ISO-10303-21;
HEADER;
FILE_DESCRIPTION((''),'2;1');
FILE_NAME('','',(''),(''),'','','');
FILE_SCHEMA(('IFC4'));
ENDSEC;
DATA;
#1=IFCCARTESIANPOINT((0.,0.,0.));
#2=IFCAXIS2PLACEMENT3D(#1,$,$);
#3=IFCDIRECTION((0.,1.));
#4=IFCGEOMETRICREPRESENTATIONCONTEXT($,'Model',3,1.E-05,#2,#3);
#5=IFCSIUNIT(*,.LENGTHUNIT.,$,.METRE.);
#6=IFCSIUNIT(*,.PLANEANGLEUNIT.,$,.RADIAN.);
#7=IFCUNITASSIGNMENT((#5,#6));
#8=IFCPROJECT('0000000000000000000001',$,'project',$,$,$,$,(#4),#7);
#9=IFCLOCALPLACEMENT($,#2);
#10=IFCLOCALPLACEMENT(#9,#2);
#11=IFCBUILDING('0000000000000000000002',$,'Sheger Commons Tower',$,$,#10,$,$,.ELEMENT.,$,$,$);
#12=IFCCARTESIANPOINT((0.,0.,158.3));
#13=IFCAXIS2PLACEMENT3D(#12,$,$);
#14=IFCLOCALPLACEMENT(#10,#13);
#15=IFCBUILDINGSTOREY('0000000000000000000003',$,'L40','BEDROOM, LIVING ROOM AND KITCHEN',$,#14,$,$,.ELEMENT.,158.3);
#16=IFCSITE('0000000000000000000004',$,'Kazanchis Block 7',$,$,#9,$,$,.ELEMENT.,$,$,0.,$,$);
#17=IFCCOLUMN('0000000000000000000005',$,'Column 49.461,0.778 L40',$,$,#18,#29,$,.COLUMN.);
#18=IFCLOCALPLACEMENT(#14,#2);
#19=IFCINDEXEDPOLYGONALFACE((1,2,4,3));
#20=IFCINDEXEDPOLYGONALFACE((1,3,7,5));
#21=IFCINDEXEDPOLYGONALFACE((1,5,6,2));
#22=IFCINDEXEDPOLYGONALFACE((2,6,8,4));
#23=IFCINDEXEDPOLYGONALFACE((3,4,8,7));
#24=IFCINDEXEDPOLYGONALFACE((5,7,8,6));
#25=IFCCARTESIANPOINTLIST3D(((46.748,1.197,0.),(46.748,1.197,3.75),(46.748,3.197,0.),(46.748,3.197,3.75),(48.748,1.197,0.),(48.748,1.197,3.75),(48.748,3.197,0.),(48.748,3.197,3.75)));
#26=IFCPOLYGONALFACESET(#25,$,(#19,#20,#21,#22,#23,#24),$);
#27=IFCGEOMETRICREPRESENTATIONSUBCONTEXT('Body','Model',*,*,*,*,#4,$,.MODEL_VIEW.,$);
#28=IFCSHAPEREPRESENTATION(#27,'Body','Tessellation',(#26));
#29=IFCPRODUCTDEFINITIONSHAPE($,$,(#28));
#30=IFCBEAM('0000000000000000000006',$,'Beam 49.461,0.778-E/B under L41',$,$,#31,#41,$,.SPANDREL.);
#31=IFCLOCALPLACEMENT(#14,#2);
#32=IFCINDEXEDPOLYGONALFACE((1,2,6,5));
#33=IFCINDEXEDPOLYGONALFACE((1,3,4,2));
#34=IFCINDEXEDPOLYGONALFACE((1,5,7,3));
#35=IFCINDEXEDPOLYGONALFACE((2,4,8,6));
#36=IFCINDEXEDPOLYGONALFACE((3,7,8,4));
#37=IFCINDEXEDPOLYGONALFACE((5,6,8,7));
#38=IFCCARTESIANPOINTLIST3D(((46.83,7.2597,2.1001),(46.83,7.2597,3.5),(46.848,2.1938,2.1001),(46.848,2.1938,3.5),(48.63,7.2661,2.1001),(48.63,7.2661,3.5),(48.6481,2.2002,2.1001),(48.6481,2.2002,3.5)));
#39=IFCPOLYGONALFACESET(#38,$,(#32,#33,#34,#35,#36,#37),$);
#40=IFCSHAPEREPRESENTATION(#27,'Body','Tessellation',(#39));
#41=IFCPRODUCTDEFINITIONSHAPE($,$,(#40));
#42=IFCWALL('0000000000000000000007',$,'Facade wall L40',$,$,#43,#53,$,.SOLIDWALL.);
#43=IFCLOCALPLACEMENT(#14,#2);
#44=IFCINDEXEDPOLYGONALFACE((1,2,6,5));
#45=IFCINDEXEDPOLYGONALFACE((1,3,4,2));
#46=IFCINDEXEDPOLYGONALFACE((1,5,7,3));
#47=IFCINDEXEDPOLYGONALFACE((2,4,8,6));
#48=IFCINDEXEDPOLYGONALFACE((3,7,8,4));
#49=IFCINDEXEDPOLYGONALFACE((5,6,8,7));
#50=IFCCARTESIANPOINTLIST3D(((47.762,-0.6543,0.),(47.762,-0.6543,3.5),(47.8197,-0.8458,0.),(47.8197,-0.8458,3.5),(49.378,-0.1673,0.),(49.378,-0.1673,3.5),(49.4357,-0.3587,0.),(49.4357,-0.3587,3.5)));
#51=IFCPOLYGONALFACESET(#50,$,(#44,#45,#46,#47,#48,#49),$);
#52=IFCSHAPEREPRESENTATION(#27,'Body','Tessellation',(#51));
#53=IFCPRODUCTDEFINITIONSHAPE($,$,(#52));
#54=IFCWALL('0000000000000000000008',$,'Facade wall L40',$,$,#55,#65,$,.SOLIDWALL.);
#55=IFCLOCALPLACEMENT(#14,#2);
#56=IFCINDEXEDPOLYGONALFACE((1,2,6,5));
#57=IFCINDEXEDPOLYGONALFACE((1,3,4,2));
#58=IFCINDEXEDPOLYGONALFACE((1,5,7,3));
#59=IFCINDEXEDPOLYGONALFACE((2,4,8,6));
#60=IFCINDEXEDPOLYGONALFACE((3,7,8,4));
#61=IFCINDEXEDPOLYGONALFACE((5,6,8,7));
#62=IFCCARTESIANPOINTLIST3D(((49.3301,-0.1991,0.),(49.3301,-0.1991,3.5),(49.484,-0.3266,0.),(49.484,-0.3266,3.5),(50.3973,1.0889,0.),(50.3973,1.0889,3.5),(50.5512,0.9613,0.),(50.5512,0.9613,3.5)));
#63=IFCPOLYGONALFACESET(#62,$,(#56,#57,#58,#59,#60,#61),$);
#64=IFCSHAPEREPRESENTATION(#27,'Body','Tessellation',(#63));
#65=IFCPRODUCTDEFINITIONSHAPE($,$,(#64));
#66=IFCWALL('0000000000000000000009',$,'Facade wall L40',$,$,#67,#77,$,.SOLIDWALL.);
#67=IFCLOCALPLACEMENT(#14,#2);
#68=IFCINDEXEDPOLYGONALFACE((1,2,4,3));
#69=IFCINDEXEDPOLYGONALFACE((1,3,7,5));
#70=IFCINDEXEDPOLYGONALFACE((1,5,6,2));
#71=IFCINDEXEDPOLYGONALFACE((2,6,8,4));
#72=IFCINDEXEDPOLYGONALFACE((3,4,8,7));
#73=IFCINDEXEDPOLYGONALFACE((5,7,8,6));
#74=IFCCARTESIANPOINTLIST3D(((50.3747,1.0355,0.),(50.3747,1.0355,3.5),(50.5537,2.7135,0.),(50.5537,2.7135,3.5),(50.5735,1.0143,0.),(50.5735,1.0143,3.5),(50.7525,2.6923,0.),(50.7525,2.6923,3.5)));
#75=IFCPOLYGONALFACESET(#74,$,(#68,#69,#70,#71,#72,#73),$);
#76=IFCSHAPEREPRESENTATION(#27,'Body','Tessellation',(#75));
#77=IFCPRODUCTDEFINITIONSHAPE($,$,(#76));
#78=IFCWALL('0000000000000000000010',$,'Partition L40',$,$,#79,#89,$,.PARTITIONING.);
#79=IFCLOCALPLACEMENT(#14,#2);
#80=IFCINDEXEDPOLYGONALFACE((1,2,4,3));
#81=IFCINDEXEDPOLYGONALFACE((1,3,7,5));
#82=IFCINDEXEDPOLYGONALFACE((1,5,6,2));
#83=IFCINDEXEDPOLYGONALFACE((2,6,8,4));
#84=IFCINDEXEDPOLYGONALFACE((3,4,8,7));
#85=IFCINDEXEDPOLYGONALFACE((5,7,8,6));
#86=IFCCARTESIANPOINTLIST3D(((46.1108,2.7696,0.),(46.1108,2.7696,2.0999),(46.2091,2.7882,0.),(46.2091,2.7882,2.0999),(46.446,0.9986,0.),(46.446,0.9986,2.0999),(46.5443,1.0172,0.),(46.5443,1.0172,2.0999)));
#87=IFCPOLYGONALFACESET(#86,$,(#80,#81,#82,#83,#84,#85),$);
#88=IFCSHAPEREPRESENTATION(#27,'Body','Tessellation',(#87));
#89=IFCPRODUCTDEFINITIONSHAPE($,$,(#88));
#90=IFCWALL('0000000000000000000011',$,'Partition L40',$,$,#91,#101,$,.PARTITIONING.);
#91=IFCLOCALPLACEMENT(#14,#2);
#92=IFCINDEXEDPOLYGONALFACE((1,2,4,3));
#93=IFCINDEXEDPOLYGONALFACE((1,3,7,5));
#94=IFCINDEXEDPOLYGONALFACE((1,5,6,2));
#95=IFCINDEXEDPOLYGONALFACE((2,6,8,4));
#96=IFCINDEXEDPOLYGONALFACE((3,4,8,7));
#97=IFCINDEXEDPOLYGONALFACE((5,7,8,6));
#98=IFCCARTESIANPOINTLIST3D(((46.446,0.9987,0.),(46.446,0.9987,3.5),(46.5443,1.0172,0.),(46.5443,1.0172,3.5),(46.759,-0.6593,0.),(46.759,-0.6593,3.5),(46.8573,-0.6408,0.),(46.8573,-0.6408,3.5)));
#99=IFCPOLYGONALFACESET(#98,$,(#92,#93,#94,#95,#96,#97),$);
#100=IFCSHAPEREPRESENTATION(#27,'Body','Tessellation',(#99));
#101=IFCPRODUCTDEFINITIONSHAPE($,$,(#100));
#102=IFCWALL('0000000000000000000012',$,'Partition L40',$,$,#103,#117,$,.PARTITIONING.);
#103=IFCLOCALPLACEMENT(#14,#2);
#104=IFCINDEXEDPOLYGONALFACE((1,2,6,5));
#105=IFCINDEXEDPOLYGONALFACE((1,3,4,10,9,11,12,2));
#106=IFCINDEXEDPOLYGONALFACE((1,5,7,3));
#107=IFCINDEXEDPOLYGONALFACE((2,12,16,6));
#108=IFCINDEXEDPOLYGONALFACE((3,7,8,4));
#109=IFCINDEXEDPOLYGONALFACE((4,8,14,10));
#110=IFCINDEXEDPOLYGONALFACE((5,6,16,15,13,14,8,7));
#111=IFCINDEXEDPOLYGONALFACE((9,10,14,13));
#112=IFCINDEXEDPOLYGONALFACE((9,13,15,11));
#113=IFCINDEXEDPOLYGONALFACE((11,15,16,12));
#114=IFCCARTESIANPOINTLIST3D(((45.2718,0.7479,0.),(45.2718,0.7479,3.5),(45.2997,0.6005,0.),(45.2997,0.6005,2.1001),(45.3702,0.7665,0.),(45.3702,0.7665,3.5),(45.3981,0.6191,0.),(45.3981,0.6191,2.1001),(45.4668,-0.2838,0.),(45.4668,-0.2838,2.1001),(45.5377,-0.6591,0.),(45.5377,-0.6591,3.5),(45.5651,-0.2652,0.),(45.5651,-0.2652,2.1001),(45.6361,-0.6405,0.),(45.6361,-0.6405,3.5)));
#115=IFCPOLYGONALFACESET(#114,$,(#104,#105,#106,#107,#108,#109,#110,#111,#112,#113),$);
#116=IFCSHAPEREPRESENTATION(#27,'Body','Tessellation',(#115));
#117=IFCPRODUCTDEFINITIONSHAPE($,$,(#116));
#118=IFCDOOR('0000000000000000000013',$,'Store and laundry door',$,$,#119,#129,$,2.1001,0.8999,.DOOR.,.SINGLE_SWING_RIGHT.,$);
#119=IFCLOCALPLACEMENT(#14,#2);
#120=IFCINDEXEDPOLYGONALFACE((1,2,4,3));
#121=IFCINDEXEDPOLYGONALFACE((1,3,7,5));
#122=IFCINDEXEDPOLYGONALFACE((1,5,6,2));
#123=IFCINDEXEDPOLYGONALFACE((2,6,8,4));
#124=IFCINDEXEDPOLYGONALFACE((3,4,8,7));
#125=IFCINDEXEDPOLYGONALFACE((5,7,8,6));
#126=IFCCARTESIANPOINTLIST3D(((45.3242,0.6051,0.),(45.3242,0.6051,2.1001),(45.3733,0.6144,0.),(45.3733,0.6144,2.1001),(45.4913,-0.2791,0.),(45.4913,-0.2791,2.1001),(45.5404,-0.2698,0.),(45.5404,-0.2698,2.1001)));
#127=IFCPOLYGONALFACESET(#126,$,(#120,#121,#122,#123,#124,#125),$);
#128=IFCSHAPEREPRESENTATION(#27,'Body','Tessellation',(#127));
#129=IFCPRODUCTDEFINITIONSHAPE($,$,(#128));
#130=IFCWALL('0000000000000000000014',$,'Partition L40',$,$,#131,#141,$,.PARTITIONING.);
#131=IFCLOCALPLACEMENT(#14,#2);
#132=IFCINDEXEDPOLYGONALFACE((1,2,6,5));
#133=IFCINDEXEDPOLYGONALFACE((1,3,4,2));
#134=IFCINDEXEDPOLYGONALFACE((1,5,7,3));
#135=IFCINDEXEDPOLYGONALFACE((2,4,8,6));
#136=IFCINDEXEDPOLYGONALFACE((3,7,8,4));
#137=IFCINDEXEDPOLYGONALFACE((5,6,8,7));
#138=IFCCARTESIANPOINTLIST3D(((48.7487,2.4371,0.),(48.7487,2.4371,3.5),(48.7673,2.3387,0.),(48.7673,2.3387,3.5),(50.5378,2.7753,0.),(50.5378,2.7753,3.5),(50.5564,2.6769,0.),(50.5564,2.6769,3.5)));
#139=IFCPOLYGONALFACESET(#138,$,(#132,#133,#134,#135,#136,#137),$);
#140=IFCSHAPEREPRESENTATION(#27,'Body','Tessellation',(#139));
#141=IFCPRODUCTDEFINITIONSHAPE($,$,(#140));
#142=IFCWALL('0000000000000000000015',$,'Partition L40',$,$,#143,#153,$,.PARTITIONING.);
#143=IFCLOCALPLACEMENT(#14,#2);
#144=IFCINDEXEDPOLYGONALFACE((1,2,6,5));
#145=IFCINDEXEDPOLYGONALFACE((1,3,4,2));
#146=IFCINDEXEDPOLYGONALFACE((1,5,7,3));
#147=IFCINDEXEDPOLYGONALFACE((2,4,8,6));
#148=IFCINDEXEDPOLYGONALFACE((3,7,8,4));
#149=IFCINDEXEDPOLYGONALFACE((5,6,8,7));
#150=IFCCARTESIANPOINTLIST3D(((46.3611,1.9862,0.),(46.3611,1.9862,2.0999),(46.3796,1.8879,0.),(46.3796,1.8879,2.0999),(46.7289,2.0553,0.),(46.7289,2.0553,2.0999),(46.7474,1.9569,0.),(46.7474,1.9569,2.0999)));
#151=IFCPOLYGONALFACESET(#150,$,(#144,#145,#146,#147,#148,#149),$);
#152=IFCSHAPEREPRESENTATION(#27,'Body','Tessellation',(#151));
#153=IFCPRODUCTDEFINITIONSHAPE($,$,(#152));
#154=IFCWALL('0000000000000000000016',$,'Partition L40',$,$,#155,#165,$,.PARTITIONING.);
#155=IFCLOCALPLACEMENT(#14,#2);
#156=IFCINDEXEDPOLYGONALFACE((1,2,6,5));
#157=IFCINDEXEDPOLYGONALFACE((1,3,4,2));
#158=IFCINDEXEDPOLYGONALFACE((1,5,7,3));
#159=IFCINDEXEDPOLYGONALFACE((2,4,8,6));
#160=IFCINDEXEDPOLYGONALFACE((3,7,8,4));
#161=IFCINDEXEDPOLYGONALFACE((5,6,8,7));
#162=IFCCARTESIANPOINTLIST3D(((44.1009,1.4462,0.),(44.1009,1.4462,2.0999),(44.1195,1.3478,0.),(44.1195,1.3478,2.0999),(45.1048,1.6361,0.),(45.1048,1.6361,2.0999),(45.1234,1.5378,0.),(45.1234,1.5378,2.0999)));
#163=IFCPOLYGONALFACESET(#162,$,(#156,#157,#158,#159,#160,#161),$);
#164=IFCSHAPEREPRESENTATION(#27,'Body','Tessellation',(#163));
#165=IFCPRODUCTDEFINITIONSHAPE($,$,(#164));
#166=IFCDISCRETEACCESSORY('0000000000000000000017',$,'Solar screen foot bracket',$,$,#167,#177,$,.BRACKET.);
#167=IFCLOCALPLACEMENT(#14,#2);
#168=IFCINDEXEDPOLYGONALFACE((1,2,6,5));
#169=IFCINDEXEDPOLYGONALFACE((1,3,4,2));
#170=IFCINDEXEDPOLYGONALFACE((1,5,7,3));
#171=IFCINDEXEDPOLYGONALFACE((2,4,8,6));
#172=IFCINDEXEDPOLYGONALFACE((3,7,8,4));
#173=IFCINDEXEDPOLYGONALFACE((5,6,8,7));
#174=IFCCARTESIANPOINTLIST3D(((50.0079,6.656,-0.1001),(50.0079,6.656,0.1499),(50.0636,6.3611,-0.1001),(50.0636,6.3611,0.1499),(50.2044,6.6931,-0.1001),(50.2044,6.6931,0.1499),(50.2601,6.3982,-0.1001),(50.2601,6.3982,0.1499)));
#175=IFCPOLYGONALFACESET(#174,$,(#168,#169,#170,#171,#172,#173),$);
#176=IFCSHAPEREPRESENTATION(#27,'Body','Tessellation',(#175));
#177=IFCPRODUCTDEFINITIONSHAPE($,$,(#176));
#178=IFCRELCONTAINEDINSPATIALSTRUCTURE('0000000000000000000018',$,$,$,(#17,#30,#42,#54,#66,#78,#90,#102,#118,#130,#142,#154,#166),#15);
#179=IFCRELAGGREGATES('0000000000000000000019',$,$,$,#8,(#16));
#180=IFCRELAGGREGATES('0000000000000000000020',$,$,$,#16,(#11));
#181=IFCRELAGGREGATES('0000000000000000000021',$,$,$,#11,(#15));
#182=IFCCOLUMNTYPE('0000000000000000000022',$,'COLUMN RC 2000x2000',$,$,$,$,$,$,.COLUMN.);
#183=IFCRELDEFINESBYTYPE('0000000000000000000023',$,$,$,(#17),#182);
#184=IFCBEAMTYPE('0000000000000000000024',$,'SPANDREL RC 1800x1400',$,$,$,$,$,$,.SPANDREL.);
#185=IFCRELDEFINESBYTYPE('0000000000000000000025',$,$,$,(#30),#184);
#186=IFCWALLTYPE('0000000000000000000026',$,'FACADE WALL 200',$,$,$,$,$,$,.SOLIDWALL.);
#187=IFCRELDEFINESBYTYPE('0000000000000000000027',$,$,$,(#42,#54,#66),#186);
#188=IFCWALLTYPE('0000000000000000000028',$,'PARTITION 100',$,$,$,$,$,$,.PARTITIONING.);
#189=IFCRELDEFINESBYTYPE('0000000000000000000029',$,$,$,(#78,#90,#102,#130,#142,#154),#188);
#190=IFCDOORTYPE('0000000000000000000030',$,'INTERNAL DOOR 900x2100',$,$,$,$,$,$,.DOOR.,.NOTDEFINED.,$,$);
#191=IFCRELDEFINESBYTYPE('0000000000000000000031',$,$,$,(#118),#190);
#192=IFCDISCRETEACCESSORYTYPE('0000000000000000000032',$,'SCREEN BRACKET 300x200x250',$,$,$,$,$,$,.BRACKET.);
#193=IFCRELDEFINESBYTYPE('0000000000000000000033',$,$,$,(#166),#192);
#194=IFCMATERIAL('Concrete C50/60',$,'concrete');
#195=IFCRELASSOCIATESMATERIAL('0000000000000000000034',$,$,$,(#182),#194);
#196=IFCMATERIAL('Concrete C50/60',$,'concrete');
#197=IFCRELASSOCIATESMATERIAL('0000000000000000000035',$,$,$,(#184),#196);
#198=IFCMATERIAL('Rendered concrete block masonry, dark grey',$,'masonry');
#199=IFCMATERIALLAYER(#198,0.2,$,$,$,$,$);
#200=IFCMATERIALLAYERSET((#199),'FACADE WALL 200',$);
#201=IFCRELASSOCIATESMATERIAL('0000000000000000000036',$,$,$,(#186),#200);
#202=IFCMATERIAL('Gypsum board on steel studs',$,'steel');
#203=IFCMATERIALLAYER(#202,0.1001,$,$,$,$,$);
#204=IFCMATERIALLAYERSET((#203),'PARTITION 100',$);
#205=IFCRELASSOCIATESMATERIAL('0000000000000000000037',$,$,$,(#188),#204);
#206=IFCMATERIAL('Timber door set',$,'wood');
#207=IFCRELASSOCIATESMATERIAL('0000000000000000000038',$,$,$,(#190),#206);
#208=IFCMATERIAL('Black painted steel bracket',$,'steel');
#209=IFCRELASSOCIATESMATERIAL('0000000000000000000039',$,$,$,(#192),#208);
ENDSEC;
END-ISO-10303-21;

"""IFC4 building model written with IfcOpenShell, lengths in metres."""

from ifc_helpers import new_model, si_unit, direction, frame, frame_2d, origin, origin_2d, place, context, subcontext, project, spatial, rectangle, extrude, material, layer, layer_set, material_profile, profile_set, type_object, element, fill, save


model = new_model("IFC4")

# Units and contexts
model_context = context("Model", 3, precision=1e-05, world=origin(), true_north=direction((0.0, 1.0)))
body_context = subcontext(model_context, "Body", "Model", "MODEL_VIEW")
ifc_project = project(units=[si_unit("LENGTHUNIT", "METRE"), si_unit("PLANEANGLEUNIT", "RADIAN")], contexts=[model_context])

# Site, building, storey
site_placement = place(None, origin())
site = spatial("IfcSite", under=ifc_project, at=site_placement, Name="Kazanchis Block 7", CompositionType="ELEMENT", RefElevation=0.0)
building_placement = place(site_placement, origin())
building = spatial("IfcBuilding", under=site, at=building_placement, Name="Sheger Commons Tower", CompositionType="ELEMENT")
storey_placement = place(building_placement, frame((0.0, 0.0, 158.3)))
storey = spatial("IfcBuildingStorey", under=building, at=storey_placement, Name="L40", Description="BEDROOM, LIVING ROOM AND KITCHEN", CompositionType="ELEMENT", Elevation=158.3)

# Column
ifc_material_1 = material(Name="Concrete C50/60", Category="concrete")
ifc_material_profile_1 = material_profile(ifc_material_1, rectangle(XDim=2.0, YDim=2.0, at=origin_2d()), Name="RC 2000x2000")
ifc_profile_set_1 = profile_set([ifc_material_profile_1], Name="Concrete C50/60")
column_type = type_object("IfcColumnType", Name="COLUMN RC 2000x2000", PredefinedType="COLUMN", material=ifc_profile_set_1)
column_placement = place(storey_placement, frame((47.748, 2.197, 0.0), z_axis=(0.0, 0.0, 1.0), x_axis=(1.0, 0.0, 0.0)))
element("IfcColumn", 1, at=column_placement, inside=storey, type_object=column_type, Name="Column 49.461,0.778 L40", PredefinedType="COLUMN", context=body_context, shape_type="SweptSolid", body=[
    extrude(rectangle(XDim=2.0, YDim=2.0, at=origin_2d()), origin(), (0.0, 0.0, 1.0), 3.75),
])

# Beam
ifc_material_2 = material(Name="Concrete C50/60", Category="concrete")
ifc_material_profile_2 = material_profile(ifc_material_2, rectangle(XDim=1.8, YDim=1.3999, at=origin_2d()), Name="RC 1800x1400")
ifc_profile_set_2 = profile_set([ifc_material_profile_2], Name="Concrete C50/60")
beam_type = type_object("IfcBeamType", Name="SPANDREL RC 1800x1400", PredefinedType="SPANDREL", material=ifc_profile_set_2)
beam_placement = place(storey_placement, frame((47.748, 2.197, 2.8), z_axis=(-0.003566, 0.999994, 0.0), x_axis=(-0.999994, -0.003566, 0.0)))
element("IfcBeam", 2, at=beam_placement, inside=storey, type_object=beam_type, Name="Beam 49.461,0.778-E/B under L41", PredefinedType="SPANDREL", context=body_context, shape_type="SweptSolid", body=[
    extrude(rectangle(XDim=1.8, YDim=1.3999, at=origin_2d()), origin(), (0.0, 0.0, 1.0), 5.0659),
])

# Walls
ifc_material_3 = material(Name="Rendered concrete block masonry, dark grey", Category="masonry")
ifc_layer_1 = layer(ifc_material_3, 0.2)
ifc_layer_set_1 = layer_set([ifc_layer_1], Name="FACADE WALL 200")
wall_type_1 = type_object("IfcWallType", Name="FACADE WALL 200", PredefinedType="SOLIDWALL", material=ifc_layer_set_1)
wall_1_placement = place(storey_placement, frame((47.791, -0.75, 0.0), z_axis=(0.0, 0.0, 1.0), x_axis=(0.957455, 0.288582, 0.0)))
element("IfcWall", 3, at=wall_1_placement, inside=storey, type_object=wall_type_1, Name="Facade wall L40", PredefinedType="SOLIDWALL", context=body_context, shape_type="SweptSolid", body=[
    extrude(rectangle(XDim=1.6877, YDim=0.2, at=frame_2d((0.8438, 0.0))), origin(), (0.0, 0.0, 1.0), 3.5),
])
wall_2_placement = place(storey_placement, frame((49.407, -0.2629, 0.0), z_axis=(0.0, 0.0, 1.0), x_axis=(0.638043, 0.770001, 0.0)))
element("IfcWall", 4, at=wall_2_placement, inside=storey, type_object=wall_type_1, Name="Facade wall L40", PredefinedType="SOLIDWALL", context=body_context, shape_type="SweptSolid", body=[
    extrude(rectangle(XDim=1.6726, YDim=0.2, at=frame_2d((0.8364, 0.0))), origin(), (0.0, 0.0, 1.0), 3.5),
])
wall_3_placement = place(storey_placement, frame((50.4741, 1.0249, 0.0), z_axis=(0.0, 0.0, 1.0), x_axis=(0.106048, 0.994361, 0.0)))
element("IfcWall", 5, at=wall_3_placement, inside=storey, type_object=wall_type_1, Name="Facade wall L40", PredefinedType="SOLIDWALL", context=body_context, shape_type="SweptSolid", body=[
    extrude(rectangle(XDim=1.6875, YDim=0.2, at=frame_2d((0.8438, 0.0))), origin(), (0.0, 0.0, 1.0), 3.5),
])

# Walls
ifc_material_4 = material(Name="Gypsum board on steel studs", Category="steel")
ifc_layer_2 = layer(ifc_material_4, 0.1001)
ifc_layer_set_2 = layer_set([ifc_layer_2], Name="PARTITION 100")
wall_type_2 = type_object("IfcWallType", Name="PARTITION 100", PredefinedType="PARTITIONING", material=ifc_layer_set_2)
wall_4_placement = place(storey_placement, frame((46.1599, 2.7791, 0.0), z_axis=(0.0, 0.0, 1.0), x_axis=(0.185973, -0.982555, 0.0)))
element("IfcWall", 6, at=wall_4_placement, inside=storey, type_object=wall_type_2, Name="Partition L40", PredefinedType="PARTITIONING", context=body_context, shape_type="SweptSolid", body=[
    extrude(rectangle(XDim=1.8025, YDim=0.1001, at=frame_2d((0.9014, 0.0))), origin(), (0.0, 0.0, 1.0), 2.0999),
])
wall_5_placement = place(storey_placement, frame((46.4951, 1.0081, 0.0), z_axis=(0.0, 0.0, 1.0), x_axis=(0.185503, -0.982644, 0.0)))
element("IfcWall", 7, at=wall_5_placement, inside=storey, type_object=wall_type_2, Name="Partition L40", PredefinedType="PARTITIONING", context=body_context, shape_type="SweptSolid", body=[
    extrude(rectangle(XDim=1.6873, YDim=0.1001, at=frame_2d((0.8438, 0.0))), origin(), (0.0, 0.0, 1.0), 3.5),
])

# Wall, opening, door
wall_6_placement = place(storey_placement, frame((45.321, 0.7571, 0.0), z_axis=(0.0, 0.0, 1.0), x_axis=(0.185678, -0.982611, 0.0)))
wall_6 = element("IfcWall", 8, at=wall_6_placement, inside=storey, type_object=wall_type_2, Name="Partition L40", PredefinedType="PARTITIONING", context=body_context, shape_type="SweptSolid", body=[
    extrude(rectangle(XDim=1.4319, YDim=0.1001, at=frame_2d((0.7158, 0.0))), origin(), (0.0, 0.0, 1.0), 3.5),
])
opening_1_placement = place(wall_6_placement, frame((0.1499, 0.0, 0.0)))
opening_1 = element("IfcOpeningElement", 9, at=opening_1_placement, cuts=wall_6, PredefinedType="OPENING", context=body_context, shape_type="SweptSolid", body=[
    extrude(rectangle(XDim=0.8999, YDim=2.1001, at=frame_2d((0.45, 1.05))), frame((0.0, 0.0601, 0.0), z_axis=(0.0, -1.0, 0.0), x_axis=(1.0, 0.0, 0.0)), (0.0, 0.0, 1.0), 0.1201),
])
ifc_material_5 = material(Name="Timber door set", Category="wood")
door_type = type_object("IfcDoorType", Name="INTERNAL DOOR 900x2100", OperationType="NOTDEFINED", PredefinedType="DOOR", material=ifc_material_5)
door_placement = place(opening_1_placement, origin())
door = element("IfcDoor", 10, at=door_placement, inside=storey, type_object=door_type, Name="Store and laundry door", OperationType="SINGLE_SWING_RIGHT", OverallHeight=2.1001, OverallWidth=0.8999, PredefinedType="DOOR", context=body_context, shape_type="SweptSolid", body=[
    extrude(rectangle(XDim=0.8999, YDim=2.1001, at=frame_2d((0.45, 1.05))), frame((0.0, 0.0249, 0.0), z_axis=(0.0, -1.0, 0.0), x_axis=(1.0, 0.0, 0.0)), (0.0, 0.0, 1.0), 0.05),
])
fill(opening_1, door)

# Walls
wall_7_placement = place(storey_placement, frame((50.5471, 2.7261, 0.0), z_axis=(0.0, 0.0, 1.0), x_axis=(-0.982604, -0.185713, 0.0)))
element("IfcWall", 11, at=wall_7_placement, inside=storey, type_object=wall_type_2, Name="Partition L40", PredefinedType="PARTITIONING", context=body_context, shape_type="SweptSolid", body=[
    extrude(rectangle(XDim=1.8208, YDim=0.1001, at=frame_2d((0.9104, 0.0))), origin(), (0.0, 0.0, 1.0), 3.5),
])
wall_8_placement = place(storey_placement, frame((46.738, 2.0061, 0.0), z_axis=(0.0, 0.0, 1.0), x_axis=(-0.98282, -0.184564, 0.0)))
element("IfcWall", 12, at=wall_8_placement, inside=storey, type_object=wall_type_2, Name="Partition L40", PredefinedType="PARTITIONING", context=body_context, shape_type="SweptSolid", body=[
    extrude(rectangle(XDim=0.3743, YDim=0.1001, at=frame_2d((0.187, 0.0))), origin(), (0.0, 0.0, 1.0), 2.0999),
])
wall_9_placement = place(storey_placement, frame((45.114, 1.5869, 0.0), z_axis=(0.0, 0.0, 1.0), x_axis=(-0.982568, -0.185904, 0.0)))
element("IfcWall", 13, at=wall_9_placement, inside=storey, type_object=wall_type_2, Name="Partition L40", PredefinedType="PARTITIONING", context=body_context, shape_type="SweptSolid", body=[
    extrude(rectangle(XDim=1.0217, YDim=0.1001, at=frame_2d((0.5107, 0.0))), origin(), (0.0, 0.0, 1.0), 2.0999),
])

# Discrete accessory
ifc_material_6 = material(Name="Black painted steel bracket", Category="steel")
discrete_accessory_type = type_object("IfcDiscreteAccessoryType", Name="SCREEN BRACKET 300x200x250", PredefinedType="BRACKET", material=ifc_material_6)
for number, where, z_axis, x_axis, name in (
    (14, (50.134, 6.5271, -0.1001), (0.0, 0.0, 1.0), (-0.185615, 0.982623, 0.0), "Solar screen foot bracket"),
):
    element("IfcDiscreteAccessory", number, at=place(storey_placement, frame(where, z_axis=z_axis, x_axis=x_axis)), inside=storey, type_object=discrete_accessory_type, Name=name, PredefinedType="BRACKET", context=body_context, shape_type="SweptSolid", body=[
        extrude(rectangle(XDim=0.3, YDim=0.2, at=origin_2d()), origin(), (0.0, 0.0, 1.0), 0.25),
    ])

save(model, "model.ifc")
